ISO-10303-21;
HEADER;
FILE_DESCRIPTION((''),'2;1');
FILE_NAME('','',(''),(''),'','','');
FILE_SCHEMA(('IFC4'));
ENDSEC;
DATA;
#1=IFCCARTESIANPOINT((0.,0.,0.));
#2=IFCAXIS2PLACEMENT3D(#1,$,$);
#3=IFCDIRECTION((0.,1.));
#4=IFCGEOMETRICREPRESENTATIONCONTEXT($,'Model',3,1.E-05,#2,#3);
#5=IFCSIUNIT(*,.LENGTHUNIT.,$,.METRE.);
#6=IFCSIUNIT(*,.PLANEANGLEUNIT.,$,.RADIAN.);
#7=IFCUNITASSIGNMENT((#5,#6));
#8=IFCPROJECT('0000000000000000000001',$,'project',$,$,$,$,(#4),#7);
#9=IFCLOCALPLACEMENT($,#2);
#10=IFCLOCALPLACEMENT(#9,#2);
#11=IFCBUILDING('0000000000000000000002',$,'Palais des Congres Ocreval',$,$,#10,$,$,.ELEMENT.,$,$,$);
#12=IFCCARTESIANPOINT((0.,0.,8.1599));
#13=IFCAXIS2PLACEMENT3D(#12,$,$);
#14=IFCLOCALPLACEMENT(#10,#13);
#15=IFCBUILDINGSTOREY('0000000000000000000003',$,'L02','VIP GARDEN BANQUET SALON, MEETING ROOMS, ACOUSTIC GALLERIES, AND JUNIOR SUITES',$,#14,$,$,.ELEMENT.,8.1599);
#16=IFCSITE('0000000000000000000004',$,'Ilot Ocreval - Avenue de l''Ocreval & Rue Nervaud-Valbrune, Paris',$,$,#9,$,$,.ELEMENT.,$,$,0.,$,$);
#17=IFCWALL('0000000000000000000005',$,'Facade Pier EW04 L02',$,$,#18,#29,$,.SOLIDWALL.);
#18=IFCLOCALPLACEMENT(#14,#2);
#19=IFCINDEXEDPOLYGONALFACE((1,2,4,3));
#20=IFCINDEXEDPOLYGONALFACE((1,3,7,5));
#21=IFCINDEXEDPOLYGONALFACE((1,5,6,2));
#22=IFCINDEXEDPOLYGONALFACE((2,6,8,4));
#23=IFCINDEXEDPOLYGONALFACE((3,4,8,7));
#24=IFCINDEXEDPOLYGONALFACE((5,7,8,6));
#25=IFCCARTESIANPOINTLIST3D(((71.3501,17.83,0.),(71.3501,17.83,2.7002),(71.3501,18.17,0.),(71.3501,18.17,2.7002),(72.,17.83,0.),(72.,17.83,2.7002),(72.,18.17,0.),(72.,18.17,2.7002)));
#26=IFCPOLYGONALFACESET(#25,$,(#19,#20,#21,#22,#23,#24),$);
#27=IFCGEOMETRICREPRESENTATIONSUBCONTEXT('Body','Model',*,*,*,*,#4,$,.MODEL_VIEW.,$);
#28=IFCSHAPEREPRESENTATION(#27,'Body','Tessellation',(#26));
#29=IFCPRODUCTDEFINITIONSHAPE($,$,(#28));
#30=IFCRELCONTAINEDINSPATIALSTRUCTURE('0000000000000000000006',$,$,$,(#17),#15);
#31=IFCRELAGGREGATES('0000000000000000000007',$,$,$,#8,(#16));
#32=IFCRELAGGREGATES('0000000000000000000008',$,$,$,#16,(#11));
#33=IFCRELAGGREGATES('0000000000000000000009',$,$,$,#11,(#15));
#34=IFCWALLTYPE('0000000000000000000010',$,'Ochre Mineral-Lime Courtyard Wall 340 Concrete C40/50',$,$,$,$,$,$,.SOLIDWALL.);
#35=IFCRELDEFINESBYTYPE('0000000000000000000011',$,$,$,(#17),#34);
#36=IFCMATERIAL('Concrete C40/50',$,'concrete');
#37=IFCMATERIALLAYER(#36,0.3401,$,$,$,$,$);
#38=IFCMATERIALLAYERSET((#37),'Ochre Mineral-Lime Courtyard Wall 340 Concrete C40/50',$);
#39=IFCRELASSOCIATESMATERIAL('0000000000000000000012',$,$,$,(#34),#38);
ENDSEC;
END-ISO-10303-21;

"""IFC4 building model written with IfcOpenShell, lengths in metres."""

from ifc_helpers import new_model, si_unit, direction, frame, frame_2d, origin, place, context, subcontext, project, spatial, rectangle, extrude, material, layer, layer_set, type_object, element, save


model = new_model("IFC4")

# Units and contexts
model_context = context("Model", 3, precision=1e-05, world=origin(), true_north=direction((0.0, 1.0)))
body_context = subcontext(model_context, "Body", "Model", "MODEL_VIEW")
ifc_project = project(units=[si_unit("LENGTHUNIT", "METRE"), si_unit("PLANEANGLEUNIT", "RADIAN")], contexts=[model_context])

# Site, building, storey
site_placement = place(None, origin())
site = spatial("IfcSite", under=ifc_project, at=site_placement, Name="Ilot Ocreval - Avenue de l'Ocreval & Rue Nervaud-Valbrune, Paris", CompositionType="ELEMENT", RefElevation=0.0)
building_placement = place(site_placement, origin())
building = spatial("IfcBuilding", under=site, at=building_placement, Name="Palais des Congres Ocreval", CompositionType="ELEMENT")
storey_placement = place(building_placement, frame((0.0, 0.0, 8.1599)))
storey = spatial("IfcBuildingStorey", under=building, at=storey_placement, Name="L02", Description="VIP GARDEN BANQUET SALON, MEETING ROOMS, ACOUSTIC GALLERIES, AND JUNIOR SUITES", CompositionType="ELEMENT", Elevation=8.1599)

# Shared definitions
ifc_material_1 = material(Name="Concrete C40/50", Category="concrete")

# Shared definitions
ifc_layer_1 = layer(ifc_material_1, 0.3401)
ifc_layer_set_1 = layer_set([ifc_layer_1], Name="Ochre Mineral-Lime Courtyard Wall 340 Concrete C40/50")
wall_type_1 = type_object("IfcWallType", Name="Ochre Mineral-Lime Courtyard Wall 340 Concrete C40/50", PredefinedType="SOLIDWALL", material=ifc_layer_set_1)

# Wall
for number, where, z_axis, x_axis, name in (
    (1, (71.3501, 18.0, 0.0), (0.0, 0.0, 1.0), (1.0, 0.0, 0.0), "Facade Pier EW04 L02"),
):
    element("IfcWall", number, at=place(storey_placement, frame(where, z_axis=z_axis, x_axis=x_axis)), inside=storey, type_object=wall_type_1, Name=name, PredefinedType="SOLIDWALL", context=body_context, shape_type="SweptSolid", body=[
        extrude(rectangle(XDim=0.6499, YDim=0.3401, at=frame_2d((0.325, 0.0))), origin(), (0.0, 0.0, 1.0), 2.7002),
    ])

save(model, "model.ifc")
